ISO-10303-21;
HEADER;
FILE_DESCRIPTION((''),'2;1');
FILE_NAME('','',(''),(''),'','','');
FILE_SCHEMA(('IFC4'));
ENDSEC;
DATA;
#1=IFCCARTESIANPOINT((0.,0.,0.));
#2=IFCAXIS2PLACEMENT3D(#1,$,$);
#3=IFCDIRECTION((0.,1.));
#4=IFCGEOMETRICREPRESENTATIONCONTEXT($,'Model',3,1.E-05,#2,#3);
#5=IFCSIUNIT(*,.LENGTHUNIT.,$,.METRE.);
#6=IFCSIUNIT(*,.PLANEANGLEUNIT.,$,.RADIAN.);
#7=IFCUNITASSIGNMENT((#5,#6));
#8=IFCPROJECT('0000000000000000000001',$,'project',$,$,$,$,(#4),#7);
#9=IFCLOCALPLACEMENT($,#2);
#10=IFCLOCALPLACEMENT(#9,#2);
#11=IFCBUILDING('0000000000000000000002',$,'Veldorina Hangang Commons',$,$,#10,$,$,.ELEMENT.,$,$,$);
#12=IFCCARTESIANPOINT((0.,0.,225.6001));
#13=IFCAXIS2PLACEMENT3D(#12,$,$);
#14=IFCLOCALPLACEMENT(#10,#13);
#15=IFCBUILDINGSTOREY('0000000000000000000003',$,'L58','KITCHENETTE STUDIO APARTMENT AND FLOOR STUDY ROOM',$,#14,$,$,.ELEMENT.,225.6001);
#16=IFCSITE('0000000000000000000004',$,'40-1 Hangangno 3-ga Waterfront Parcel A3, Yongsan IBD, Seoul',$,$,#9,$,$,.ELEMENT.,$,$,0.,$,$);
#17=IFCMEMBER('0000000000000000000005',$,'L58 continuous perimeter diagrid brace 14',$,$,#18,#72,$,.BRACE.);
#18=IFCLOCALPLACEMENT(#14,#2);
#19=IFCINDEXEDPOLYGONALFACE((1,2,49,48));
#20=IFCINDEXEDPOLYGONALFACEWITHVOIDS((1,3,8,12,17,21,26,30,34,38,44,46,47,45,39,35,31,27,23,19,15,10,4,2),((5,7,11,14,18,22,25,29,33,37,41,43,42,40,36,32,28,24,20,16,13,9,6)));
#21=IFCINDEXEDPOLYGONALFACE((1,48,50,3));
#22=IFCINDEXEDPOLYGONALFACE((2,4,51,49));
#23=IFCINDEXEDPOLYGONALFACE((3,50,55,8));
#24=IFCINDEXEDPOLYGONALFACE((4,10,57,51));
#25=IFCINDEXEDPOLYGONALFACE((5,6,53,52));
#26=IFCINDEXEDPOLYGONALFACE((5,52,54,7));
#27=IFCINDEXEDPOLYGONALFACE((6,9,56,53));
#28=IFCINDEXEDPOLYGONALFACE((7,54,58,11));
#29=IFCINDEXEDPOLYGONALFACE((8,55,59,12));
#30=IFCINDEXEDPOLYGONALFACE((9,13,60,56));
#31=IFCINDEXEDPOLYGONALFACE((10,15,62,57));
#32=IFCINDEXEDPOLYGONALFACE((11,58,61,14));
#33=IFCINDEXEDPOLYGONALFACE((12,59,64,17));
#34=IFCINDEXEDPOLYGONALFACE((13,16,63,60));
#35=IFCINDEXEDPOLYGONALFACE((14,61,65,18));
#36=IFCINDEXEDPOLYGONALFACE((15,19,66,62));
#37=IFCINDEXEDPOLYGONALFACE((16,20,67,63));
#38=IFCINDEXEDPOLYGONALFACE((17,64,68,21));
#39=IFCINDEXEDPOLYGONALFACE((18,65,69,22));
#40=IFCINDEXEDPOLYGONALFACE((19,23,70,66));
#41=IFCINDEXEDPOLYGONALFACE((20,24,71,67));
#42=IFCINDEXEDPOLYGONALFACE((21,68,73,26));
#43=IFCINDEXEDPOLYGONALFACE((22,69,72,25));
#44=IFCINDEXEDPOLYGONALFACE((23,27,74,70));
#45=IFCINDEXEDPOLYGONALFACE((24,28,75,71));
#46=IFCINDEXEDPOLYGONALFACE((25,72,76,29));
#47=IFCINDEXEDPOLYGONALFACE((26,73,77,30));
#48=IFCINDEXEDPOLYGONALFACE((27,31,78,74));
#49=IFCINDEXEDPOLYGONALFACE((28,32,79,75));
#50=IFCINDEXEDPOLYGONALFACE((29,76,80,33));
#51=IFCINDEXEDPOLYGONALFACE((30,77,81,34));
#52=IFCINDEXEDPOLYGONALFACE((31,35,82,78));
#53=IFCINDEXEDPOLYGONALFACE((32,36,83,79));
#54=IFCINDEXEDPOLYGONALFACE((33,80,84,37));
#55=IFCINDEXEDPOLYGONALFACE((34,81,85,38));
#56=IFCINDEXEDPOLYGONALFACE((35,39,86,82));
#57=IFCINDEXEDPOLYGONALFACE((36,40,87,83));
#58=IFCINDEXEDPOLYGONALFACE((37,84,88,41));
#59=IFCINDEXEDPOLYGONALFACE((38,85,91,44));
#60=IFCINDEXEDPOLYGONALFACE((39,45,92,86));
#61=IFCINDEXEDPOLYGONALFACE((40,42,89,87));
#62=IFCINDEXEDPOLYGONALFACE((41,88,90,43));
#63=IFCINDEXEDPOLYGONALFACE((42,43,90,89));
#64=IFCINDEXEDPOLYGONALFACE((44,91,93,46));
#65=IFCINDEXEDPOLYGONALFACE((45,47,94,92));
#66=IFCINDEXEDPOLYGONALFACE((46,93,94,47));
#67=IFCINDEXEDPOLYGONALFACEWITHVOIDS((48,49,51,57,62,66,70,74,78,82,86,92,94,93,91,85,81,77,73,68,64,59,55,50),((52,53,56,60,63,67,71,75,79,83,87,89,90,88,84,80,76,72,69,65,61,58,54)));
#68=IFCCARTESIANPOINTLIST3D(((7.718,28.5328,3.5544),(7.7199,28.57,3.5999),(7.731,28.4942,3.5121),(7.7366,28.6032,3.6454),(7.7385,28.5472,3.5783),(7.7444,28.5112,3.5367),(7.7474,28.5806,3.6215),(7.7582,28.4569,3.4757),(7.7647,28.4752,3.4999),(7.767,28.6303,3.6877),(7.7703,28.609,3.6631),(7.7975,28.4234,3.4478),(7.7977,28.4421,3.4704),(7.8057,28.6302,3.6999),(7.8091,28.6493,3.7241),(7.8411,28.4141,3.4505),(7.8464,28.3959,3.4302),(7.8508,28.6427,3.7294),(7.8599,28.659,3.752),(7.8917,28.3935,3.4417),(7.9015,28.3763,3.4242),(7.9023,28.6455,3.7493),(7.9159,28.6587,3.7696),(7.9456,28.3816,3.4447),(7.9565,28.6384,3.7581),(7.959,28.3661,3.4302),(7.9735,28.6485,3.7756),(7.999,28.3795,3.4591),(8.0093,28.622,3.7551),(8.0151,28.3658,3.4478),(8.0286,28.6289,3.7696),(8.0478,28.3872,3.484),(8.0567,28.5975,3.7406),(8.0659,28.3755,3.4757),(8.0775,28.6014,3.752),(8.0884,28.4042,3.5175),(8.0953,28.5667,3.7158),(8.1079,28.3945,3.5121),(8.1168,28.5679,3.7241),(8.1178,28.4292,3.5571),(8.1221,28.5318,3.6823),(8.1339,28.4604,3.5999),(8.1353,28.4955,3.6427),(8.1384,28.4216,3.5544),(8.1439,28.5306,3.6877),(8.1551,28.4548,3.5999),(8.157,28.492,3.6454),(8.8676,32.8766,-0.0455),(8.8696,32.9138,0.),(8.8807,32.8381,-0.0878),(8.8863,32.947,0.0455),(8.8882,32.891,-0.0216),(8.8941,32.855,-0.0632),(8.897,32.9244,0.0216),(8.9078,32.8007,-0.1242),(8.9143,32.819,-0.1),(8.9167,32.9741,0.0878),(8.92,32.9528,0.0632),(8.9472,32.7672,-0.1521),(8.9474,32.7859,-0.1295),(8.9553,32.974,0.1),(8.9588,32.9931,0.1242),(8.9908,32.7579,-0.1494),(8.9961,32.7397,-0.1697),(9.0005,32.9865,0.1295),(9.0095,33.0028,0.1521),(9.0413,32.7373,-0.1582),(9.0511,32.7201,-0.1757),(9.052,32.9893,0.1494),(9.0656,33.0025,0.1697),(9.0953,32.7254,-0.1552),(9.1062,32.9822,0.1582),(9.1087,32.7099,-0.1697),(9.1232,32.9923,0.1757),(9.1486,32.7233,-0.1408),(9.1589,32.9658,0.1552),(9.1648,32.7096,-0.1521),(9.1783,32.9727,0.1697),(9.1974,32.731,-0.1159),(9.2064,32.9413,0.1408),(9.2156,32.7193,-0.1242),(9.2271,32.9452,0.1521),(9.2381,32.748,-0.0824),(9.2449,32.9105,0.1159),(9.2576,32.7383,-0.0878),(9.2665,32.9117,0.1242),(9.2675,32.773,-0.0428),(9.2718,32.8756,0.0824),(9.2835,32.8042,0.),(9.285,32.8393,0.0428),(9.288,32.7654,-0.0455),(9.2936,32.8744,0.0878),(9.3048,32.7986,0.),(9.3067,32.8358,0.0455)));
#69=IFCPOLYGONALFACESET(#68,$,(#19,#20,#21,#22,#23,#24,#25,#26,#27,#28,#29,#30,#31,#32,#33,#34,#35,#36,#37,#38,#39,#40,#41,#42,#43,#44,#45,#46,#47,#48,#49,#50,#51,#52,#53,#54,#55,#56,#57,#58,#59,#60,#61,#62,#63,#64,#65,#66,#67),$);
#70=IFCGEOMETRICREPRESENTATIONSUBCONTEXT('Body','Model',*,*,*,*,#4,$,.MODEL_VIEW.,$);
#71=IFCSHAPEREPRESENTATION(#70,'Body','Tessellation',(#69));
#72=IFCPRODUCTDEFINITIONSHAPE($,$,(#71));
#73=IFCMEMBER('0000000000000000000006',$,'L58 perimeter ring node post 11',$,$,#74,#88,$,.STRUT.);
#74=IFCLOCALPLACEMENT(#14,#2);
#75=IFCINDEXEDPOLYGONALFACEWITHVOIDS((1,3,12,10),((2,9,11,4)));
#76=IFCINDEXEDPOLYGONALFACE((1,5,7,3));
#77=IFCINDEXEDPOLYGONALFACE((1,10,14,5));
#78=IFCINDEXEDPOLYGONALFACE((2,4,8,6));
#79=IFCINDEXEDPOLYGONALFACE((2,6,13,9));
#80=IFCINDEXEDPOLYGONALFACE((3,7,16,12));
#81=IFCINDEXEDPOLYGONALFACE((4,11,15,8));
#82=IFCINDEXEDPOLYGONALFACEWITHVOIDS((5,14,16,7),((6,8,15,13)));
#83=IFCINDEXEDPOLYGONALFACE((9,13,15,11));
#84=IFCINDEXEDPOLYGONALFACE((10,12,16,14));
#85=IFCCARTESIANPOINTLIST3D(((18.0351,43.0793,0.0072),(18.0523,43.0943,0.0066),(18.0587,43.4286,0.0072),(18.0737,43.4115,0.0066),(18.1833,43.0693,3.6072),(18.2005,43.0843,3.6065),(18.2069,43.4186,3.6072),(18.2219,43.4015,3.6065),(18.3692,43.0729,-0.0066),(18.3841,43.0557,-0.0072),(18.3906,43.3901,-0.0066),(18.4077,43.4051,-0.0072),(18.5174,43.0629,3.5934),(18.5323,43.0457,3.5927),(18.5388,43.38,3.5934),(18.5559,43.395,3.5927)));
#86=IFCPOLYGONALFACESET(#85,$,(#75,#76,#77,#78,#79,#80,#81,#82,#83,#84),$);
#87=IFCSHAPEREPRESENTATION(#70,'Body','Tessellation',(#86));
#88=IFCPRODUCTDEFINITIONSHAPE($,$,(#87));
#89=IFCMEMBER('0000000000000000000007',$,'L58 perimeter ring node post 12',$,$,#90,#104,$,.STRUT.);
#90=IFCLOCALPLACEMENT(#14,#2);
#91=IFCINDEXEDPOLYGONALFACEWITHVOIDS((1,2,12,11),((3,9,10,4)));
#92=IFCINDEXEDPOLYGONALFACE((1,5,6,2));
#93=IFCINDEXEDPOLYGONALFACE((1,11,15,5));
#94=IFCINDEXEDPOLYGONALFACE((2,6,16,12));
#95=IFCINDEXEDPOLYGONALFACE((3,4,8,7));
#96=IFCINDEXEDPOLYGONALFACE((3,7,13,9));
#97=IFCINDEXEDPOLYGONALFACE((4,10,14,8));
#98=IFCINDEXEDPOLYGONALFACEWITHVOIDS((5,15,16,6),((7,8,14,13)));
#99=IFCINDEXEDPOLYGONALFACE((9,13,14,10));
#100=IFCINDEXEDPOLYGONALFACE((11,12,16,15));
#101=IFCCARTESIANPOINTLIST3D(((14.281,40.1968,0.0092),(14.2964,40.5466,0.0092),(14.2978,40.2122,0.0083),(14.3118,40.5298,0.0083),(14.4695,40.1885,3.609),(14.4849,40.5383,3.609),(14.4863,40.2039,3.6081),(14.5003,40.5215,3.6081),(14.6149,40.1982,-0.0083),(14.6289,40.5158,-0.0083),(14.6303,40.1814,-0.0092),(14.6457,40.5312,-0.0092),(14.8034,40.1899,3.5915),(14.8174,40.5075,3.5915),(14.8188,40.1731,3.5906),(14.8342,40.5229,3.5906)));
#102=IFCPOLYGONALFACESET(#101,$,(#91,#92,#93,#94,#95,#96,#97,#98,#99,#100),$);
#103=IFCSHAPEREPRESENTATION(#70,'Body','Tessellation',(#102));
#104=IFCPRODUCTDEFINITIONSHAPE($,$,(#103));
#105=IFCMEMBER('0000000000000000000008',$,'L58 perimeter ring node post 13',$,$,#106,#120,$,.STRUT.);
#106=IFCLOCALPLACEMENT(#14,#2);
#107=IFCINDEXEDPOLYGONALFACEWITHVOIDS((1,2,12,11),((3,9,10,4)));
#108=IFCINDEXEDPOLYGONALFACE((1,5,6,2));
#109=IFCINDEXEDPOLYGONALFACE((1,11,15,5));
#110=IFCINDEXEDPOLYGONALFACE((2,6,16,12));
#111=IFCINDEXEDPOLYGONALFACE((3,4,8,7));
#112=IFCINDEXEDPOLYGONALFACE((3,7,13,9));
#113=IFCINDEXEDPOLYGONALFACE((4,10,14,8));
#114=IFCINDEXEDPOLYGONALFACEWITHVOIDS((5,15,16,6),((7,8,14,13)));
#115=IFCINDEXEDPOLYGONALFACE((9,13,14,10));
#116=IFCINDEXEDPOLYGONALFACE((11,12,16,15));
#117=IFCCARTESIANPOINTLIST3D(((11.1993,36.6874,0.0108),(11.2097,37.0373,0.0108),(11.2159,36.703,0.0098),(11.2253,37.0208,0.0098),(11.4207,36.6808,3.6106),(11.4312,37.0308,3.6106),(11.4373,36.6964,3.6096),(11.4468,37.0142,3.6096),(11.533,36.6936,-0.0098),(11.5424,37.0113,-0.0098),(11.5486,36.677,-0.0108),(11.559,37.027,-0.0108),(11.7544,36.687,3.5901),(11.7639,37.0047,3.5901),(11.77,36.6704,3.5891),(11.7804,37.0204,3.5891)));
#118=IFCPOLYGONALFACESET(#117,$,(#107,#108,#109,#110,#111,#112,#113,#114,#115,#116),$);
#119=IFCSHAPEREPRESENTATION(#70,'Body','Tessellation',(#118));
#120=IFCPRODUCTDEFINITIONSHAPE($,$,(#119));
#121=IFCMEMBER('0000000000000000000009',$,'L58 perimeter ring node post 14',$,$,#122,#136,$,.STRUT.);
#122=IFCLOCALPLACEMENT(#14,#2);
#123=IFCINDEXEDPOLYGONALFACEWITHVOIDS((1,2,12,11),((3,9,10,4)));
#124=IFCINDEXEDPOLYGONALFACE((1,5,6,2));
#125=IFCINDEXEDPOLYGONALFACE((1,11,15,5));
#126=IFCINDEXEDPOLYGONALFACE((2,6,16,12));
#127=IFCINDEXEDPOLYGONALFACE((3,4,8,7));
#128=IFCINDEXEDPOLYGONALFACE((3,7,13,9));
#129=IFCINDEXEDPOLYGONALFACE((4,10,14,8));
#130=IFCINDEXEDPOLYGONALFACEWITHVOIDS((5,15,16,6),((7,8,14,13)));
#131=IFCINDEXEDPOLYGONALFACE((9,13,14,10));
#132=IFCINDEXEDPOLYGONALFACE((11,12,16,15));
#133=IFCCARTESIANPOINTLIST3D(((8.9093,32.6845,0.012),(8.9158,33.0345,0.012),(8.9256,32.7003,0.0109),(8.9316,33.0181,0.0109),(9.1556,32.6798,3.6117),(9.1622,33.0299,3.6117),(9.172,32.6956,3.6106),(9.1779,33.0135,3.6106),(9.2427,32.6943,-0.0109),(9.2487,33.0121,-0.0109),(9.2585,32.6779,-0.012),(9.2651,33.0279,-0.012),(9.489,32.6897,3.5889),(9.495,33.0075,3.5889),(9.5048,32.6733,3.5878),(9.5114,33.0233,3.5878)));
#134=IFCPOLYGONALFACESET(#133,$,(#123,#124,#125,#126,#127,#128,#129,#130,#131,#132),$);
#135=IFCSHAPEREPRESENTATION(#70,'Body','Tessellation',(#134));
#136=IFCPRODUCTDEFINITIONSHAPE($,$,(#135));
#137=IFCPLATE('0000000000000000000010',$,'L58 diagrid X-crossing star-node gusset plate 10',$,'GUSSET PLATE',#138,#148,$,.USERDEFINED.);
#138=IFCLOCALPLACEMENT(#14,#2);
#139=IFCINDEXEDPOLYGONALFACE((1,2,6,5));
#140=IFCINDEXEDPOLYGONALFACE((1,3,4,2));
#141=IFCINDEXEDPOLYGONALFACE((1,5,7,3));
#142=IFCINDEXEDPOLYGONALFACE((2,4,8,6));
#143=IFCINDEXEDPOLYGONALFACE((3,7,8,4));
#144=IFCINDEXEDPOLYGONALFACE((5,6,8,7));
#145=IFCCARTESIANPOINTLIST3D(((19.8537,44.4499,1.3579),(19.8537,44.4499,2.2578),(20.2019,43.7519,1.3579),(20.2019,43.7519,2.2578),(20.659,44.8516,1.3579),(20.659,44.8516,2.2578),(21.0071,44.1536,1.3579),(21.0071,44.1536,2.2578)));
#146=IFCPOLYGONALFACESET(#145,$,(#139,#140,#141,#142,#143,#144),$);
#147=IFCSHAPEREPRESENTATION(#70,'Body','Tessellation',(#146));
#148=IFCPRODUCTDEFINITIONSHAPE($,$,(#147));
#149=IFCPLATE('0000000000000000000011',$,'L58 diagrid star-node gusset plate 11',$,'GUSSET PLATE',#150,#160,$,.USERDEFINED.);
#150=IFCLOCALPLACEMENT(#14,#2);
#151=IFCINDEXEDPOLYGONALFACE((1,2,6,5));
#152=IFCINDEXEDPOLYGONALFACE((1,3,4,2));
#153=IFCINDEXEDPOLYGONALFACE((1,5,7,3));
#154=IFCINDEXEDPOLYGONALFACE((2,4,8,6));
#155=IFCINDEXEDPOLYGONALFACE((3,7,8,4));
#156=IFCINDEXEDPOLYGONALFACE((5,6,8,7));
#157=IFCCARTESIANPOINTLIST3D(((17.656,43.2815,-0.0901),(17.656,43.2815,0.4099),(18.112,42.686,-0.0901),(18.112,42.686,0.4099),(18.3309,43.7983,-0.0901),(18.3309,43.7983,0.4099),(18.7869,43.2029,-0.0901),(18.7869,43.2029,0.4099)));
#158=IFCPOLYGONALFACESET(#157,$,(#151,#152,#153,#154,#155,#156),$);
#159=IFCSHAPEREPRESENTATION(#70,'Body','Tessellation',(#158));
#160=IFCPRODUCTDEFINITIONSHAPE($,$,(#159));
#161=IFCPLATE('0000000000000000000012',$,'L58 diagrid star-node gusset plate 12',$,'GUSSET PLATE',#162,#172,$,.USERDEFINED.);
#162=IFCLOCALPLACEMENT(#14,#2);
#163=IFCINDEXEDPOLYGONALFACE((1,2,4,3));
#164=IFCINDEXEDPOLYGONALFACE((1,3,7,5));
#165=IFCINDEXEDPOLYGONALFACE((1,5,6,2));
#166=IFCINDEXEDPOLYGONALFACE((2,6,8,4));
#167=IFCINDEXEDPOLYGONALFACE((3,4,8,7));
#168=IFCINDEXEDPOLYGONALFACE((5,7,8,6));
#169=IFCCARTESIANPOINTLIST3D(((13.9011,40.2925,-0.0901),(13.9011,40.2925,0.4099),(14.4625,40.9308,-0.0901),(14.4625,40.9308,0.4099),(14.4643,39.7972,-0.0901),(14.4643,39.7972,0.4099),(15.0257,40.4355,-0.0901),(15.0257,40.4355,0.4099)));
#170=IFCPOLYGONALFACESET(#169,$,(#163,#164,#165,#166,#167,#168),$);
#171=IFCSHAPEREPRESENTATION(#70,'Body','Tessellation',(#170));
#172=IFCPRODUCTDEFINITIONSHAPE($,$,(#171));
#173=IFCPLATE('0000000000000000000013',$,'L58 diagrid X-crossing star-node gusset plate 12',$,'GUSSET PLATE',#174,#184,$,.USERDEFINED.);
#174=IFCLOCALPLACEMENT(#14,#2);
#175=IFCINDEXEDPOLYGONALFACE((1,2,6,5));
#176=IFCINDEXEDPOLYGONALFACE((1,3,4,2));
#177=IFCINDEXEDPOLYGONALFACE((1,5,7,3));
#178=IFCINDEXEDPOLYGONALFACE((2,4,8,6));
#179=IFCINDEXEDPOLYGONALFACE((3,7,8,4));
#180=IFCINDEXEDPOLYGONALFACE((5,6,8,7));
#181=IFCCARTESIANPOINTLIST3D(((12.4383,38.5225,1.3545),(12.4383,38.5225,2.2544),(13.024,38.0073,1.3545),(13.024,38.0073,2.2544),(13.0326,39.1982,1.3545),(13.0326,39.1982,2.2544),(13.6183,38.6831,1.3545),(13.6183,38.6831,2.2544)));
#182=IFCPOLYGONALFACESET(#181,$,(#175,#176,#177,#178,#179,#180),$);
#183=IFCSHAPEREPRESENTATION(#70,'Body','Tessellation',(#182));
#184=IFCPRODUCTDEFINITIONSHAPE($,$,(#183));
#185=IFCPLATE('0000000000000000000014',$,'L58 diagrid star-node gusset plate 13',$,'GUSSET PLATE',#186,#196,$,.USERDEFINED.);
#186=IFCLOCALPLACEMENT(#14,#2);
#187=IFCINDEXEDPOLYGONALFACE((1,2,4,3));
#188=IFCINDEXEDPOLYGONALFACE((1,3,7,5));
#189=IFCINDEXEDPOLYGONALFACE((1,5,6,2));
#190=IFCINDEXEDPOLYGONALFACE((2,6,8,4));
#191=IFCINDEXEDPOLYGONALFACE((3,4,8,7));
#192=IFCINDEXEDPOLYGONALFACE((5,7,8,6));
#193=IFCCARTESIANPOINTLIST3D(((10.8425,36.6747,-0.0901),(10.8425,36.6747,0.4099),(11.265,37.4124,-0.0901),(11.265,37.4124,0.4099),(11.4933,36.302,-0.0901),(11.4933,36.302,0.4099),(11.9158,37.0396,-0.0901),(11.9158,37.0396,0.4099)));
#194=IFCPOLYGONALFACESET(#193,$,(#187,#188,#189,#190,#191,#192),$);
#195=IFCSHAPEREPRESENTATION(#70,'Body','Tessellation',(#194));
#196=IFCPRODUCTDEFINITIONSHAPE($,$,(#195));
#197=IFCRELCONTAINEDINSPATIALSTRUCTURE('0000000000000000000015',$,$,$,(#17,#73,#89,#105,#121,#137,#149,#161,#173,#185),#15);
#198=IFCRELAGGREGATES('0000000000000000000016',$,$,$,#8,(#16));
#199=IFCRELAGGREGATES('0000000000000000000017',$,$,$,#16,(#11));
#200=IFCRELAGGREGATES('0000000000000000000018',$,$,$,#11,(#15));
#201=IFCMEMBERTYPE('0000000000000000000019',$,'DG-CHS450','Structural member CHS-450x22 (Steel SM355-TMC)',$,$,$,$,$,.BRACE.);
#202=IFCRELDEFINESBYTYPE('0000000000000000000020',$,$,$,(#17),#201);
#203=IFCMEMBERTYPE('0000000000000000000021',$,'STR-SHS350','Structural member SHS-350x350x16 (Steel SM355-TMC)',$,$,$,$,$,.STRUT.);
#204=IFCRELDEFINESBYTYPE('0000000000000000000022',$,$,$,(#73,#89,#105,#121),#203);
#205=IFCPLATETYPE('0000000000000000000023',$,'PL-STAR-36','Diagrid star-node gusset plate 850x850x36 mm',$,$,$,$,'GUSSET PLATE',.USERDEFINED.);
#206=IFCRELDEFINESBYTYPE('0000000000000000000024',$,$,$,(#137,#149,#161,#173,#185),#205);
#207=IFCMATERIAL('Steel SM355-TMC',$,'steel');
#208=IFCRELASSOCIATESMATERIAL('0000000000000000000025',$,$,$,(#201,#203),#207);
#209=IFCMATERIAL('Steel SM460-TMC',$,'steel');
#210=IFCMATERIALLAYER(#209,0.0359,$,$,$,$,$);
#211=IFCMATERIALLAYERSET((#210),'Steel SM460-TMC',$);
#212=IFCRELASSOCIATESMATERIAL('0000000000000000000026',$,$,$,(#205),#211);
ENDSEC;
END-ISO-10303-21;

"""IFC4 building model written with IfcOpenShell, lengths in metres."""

from ifc_helpers import new_model, si_unit, direction, frame, origin, origin_2d, place, context, subcontext, project, spatial, rectangle, hollow_rectangle, hollow_circle, extrude, material, layer, layer_set, material_profile, profile_set, type_object, element, save


model = new_model("IFC4")

# Units and contexts
model_context = context("Model", 3, precision=1e-05, world=origin(), true_north=direction((0.0, 1.0)))
body_context = subcontext(model_context, "Body", "Model", "MODEL_VIEW")
ifc_project = project(units=[si_unit("LENGTHUNIT", "METRE"), si_unit("PLANEANGLEUNIT", "RADIAN")], contexts=[model_context])

# Site, building, storey
site_placement = place(None, origin())
site = spatial("IfcSite", under=ifc_project, at=site_placement, Name="40-1 Hangangno 3-ga Waterfront Parcel A3, Yongsan IBD, Seoul", CompositionType="ELEMENT", RefElevation=0.0)
building_placement = place(site_placement, origin())
building = spatial("IfcBuilding", under=site, at=building_placement, Name="Veldorina Hangang Commons", CompositionType="ELEMENT")
storey_placement = place(building_placement, frame((0.0, 0.0, 225.6001)))
storey = spatial("IfcBuildingStorey", under=building, at=storey_placement, Name="L58", Description="KITCHENETTE STUDIO APARTMENT AND FLOOR STUDY ROOM", CompositionType="ELEMENT", Elevation=225.6001)

# Shared definitions
ifc_material_1 = material(Name="Steel SM355-TMC", Category="steel")

# Members
ifc_material_profile_1 = material_profile(ifc_material_1, hollow_circle(Radius=0.2251, WallThickness=0.022, at=origin_2d()), Name="CHS-450x22")
ifc_profile_set_1 = profile_set([ifc_material_profile_1], Name="Steel SM355-TMC")
member_type_1 = type_object("IfcMemberType", Name="DG-CHS450", Description="Structural member CHS-450x22 (Steel SM355-TMC)", PredefinedType="BRACE", material=ifc_profile_set_1)
member_1_placement = place(storey_placement, frame((9.0872, 32.8562, 0.0), z_axis=(-0.19968, -0.754451, 0.625246), x_axis=(0.966714, -0.25586, 0.0)))
element("IfcMember", 1, at=member_1_placement, inside=storey, type_object=member_type_1, Name="L58 continuous perimeter diagrid brace 14", PredefinedType="BRACE", context=body_context, shape_type="SweptSolid", body=[
    extrude(hollow_circle(Radius=0.2251, WallThickness=0.022, at=origin_2d()), origin(), (0.0, 0.0, 1.0), 5.7576),
])
ifc_material_profile_2 = material_profile(ifc_material_1, hollow_rectangle(XDim=0.3501, YDim=0.3501, WallThickness=0.0161, at=origin_2d()), Name="SHS-350x350x16")
ifc_profile_set_2 = profile_set([ifc_material_profile_2], Name="Steel SM355-TMC")
member_type_2 = type_object("IfcMemberType", Name="STR-SHS350", Description="Structural member SHS-350x350x16 (Steel SM355-TMC)", PredefinedType="STRUT", material=ifc_profile_set_2)
member_2_placement = place(storey_placement, frame((18.2214, 43.2422, 0.0), z_axis=(0.041132, -0.002778, 0.99915), x_axis=(0.067392, 0.997727, 0.0)))
element("IfcMember", 2, at=member_2_placement, inside=storey, type_object=member_type_2, Name="L58 perimeter ring node post 11", PredefinedType="STRUT", context=body_context, shape_type="SweptSolid", body=[
    extrude(hollow_rectangle(XDim=0.3501, YDim=0.3501, WallThickness=0.0161, at=origin_2d()), origin(), (0.0, 0.0, 1.0), 3.603),
])
member_3_placement = place(storey_placement, frame((14.4634, 40.364, 0.0), z_axis=(0.052285, -0.002303, 0.99863), x_axis=(0.043999, 0.999032, 0.0)))
element("IfcMember", 3, at=member_3_placement, inside=storey, type_object=member_type_2, Name="L58 perimeter ring node post 12", PredefinedType="STRUT", context=body_context, shape_type="SweptSolid", body=[
    extrude(hollow_rectangle(XDim=0.3501, YDim=0.3501, WallThickness=0.0161, at=origin_2d()), origin(), (0.0, 0.0, 1.0), 3.6047),
])
member_4_placement = place(storey_placement, frame((11.3792, 36.8572, 0.0), z_axis=(0.061396, -0.001828, 0.998112), x_axis=(0.029755, 0.999557, 0.0)))
element("IfcMember", 4, at=member_4_placement, inside=storey, type_object=member_type_2, Name="L58 perimeter ring node post 13", PredefinedType="STRUT", context=body_context, shape_type="SweptSolid", body=[
    extrude(hollow_rectangle(XDim=0.3501, YDim=0.3501, WallThickness=0.0161, at=origin_2d()), origin(), (0.0, 0.0, 1.0), 3.6067),
])
member_5_placement = place(storey_placement, frame((9.0872, 32.8562, 0.0), z_axis=(0.06827, -0.001286, 0.997666), x_axis=(0.018827, 0.999823, 0.0)))
element("IfcMember", 5, at=member_5_placement, inside=storey, type_object=member_type_2, Name="L58 perimeter ring node post 14", PredefinedType="STRUT", context=body_context, shape_type="SweptSolid", body=[
    extrude(hollow_rectangle(XDim=0.3501, YDim=0.3501, WallThickness=0.0161, at=origin_2d()), origin(), (0.0, 0.0, 1.0), 3.6082),
])

# Plates
ifc_material_2 = material(Name="Steel SM460-TMC", Category="steel")
ifc_layer_1 = layer(ifc_material_2, 0.0359)
ifc_layer_set_1 = layer_set([ifc_layer_1], Name="Steel SM460-TMC")
plate_type = type_object("IfcPlateType", Name="PL-STAR-36", Description="Diagrid star-node gusset plate 850x850x36 mm", ElementType="GUSSET PLATE", PredefinedType="USERDEFINED", material=ifc_layer_set_1)
plate_1_placement = place(storey_placement, frame((20.4304, 44.3018, 1.3579), z_axis=(0.0, 0.0, 1.0), x_axis=(-0.894864, -0.446338, 0.0)))
element("IfcPlate", 6, at=plate_1_placement, inside=storey, type_object=plate_type, Name="L58 diagrid X-crossing star-node gusset plate 10", ObjectType="GUSSET PLATE", PredefinedType="USERDEFINED", context=body_context, shape_type="SweptSolid", body=[
    extrude(rectangle(XDim=0.8999, YDim=0.78, at=origin_2d()), origin(), (0.0, 0.0, 1.0), 0.8999),
])
for number, where, z_axis, x_axis, name in (
    (7, (18.2214, 43.2422, -0.0901), (0.0, 0.0, 1.0), (-0.793927, -0.608013, 0.0), "L58 diagrid star-node gusset plate 11"),
    (8, (14.4634, 40.364, -0.0901), (0.0, 0.0, 1.0), (-0.660408, -0.750907, 0.0), "L58 diagrid star-node gusset plate 12"),
):
    element("IfcPlate", number, at=place(storey_placement, frame(where, z_axis=z_axis, x_axis=x_axis)), inside=storey, type_object=plate_type, Name=name, ObjectType="GUSSET PLATE", PredefinedType="USERDEFINED", context=body_context, shape_type="SweptSolid", body=[
        extrude(rectangle(XDim=0.8501, YDim=0.75, at=origin_2d()), origin(), (0.0, 0.0, 1.0), 0.5),
    ])
plate_2_placement = place(storey_placement, frame((13.0283, 38.6028, 1.3545), z_axis=(0.0, 0.0, 1.0), x_axis=(-0.660408, -0.750907, 0.0)))
element("IfcPlate", 9, at=plate_2_placement, inside=storey, type_object=plate_type, Name="L58 diagrid X-crossing star-node gusset plate 12", ObjectType="GUSSET PLATE", PredefinedType="USERDEFINED", context=body_context, shape_type="SweptSolid", body=[
    extrude(rectangle(XDim=0.8999, YDim=0.78, at=origin_2d()), origin(), (0.0, 0.0, 1.0), 0.8999),
])
for number, where, z_axis, x_axis, name in (
    (10, (11.3792, 36.8572, -0.0901), (0.0, 0.0, 1.0), (-0.49705, -0.867722, 0.0), "L58 diagrid star-node gusset plate 13"),
):
    element("IfcPlate", number, at=place(storey_placement, frame(where, z_axis=z_axis, x_axis=x_axis)), inside=storey, type_object=plate_type, Name=name, ObjectType="GUSSET PLATE", PredefinedType="USERDEFINED", context=body_context, shape_type="SweptSolid", body=[
        extrude(rectangle(XDim=0.8501, YDim=0.75, at=origin_2d()), origin(), (0.0, 0.0, 1.0), 0.5),
    ])

save(model, "model.ifc")
